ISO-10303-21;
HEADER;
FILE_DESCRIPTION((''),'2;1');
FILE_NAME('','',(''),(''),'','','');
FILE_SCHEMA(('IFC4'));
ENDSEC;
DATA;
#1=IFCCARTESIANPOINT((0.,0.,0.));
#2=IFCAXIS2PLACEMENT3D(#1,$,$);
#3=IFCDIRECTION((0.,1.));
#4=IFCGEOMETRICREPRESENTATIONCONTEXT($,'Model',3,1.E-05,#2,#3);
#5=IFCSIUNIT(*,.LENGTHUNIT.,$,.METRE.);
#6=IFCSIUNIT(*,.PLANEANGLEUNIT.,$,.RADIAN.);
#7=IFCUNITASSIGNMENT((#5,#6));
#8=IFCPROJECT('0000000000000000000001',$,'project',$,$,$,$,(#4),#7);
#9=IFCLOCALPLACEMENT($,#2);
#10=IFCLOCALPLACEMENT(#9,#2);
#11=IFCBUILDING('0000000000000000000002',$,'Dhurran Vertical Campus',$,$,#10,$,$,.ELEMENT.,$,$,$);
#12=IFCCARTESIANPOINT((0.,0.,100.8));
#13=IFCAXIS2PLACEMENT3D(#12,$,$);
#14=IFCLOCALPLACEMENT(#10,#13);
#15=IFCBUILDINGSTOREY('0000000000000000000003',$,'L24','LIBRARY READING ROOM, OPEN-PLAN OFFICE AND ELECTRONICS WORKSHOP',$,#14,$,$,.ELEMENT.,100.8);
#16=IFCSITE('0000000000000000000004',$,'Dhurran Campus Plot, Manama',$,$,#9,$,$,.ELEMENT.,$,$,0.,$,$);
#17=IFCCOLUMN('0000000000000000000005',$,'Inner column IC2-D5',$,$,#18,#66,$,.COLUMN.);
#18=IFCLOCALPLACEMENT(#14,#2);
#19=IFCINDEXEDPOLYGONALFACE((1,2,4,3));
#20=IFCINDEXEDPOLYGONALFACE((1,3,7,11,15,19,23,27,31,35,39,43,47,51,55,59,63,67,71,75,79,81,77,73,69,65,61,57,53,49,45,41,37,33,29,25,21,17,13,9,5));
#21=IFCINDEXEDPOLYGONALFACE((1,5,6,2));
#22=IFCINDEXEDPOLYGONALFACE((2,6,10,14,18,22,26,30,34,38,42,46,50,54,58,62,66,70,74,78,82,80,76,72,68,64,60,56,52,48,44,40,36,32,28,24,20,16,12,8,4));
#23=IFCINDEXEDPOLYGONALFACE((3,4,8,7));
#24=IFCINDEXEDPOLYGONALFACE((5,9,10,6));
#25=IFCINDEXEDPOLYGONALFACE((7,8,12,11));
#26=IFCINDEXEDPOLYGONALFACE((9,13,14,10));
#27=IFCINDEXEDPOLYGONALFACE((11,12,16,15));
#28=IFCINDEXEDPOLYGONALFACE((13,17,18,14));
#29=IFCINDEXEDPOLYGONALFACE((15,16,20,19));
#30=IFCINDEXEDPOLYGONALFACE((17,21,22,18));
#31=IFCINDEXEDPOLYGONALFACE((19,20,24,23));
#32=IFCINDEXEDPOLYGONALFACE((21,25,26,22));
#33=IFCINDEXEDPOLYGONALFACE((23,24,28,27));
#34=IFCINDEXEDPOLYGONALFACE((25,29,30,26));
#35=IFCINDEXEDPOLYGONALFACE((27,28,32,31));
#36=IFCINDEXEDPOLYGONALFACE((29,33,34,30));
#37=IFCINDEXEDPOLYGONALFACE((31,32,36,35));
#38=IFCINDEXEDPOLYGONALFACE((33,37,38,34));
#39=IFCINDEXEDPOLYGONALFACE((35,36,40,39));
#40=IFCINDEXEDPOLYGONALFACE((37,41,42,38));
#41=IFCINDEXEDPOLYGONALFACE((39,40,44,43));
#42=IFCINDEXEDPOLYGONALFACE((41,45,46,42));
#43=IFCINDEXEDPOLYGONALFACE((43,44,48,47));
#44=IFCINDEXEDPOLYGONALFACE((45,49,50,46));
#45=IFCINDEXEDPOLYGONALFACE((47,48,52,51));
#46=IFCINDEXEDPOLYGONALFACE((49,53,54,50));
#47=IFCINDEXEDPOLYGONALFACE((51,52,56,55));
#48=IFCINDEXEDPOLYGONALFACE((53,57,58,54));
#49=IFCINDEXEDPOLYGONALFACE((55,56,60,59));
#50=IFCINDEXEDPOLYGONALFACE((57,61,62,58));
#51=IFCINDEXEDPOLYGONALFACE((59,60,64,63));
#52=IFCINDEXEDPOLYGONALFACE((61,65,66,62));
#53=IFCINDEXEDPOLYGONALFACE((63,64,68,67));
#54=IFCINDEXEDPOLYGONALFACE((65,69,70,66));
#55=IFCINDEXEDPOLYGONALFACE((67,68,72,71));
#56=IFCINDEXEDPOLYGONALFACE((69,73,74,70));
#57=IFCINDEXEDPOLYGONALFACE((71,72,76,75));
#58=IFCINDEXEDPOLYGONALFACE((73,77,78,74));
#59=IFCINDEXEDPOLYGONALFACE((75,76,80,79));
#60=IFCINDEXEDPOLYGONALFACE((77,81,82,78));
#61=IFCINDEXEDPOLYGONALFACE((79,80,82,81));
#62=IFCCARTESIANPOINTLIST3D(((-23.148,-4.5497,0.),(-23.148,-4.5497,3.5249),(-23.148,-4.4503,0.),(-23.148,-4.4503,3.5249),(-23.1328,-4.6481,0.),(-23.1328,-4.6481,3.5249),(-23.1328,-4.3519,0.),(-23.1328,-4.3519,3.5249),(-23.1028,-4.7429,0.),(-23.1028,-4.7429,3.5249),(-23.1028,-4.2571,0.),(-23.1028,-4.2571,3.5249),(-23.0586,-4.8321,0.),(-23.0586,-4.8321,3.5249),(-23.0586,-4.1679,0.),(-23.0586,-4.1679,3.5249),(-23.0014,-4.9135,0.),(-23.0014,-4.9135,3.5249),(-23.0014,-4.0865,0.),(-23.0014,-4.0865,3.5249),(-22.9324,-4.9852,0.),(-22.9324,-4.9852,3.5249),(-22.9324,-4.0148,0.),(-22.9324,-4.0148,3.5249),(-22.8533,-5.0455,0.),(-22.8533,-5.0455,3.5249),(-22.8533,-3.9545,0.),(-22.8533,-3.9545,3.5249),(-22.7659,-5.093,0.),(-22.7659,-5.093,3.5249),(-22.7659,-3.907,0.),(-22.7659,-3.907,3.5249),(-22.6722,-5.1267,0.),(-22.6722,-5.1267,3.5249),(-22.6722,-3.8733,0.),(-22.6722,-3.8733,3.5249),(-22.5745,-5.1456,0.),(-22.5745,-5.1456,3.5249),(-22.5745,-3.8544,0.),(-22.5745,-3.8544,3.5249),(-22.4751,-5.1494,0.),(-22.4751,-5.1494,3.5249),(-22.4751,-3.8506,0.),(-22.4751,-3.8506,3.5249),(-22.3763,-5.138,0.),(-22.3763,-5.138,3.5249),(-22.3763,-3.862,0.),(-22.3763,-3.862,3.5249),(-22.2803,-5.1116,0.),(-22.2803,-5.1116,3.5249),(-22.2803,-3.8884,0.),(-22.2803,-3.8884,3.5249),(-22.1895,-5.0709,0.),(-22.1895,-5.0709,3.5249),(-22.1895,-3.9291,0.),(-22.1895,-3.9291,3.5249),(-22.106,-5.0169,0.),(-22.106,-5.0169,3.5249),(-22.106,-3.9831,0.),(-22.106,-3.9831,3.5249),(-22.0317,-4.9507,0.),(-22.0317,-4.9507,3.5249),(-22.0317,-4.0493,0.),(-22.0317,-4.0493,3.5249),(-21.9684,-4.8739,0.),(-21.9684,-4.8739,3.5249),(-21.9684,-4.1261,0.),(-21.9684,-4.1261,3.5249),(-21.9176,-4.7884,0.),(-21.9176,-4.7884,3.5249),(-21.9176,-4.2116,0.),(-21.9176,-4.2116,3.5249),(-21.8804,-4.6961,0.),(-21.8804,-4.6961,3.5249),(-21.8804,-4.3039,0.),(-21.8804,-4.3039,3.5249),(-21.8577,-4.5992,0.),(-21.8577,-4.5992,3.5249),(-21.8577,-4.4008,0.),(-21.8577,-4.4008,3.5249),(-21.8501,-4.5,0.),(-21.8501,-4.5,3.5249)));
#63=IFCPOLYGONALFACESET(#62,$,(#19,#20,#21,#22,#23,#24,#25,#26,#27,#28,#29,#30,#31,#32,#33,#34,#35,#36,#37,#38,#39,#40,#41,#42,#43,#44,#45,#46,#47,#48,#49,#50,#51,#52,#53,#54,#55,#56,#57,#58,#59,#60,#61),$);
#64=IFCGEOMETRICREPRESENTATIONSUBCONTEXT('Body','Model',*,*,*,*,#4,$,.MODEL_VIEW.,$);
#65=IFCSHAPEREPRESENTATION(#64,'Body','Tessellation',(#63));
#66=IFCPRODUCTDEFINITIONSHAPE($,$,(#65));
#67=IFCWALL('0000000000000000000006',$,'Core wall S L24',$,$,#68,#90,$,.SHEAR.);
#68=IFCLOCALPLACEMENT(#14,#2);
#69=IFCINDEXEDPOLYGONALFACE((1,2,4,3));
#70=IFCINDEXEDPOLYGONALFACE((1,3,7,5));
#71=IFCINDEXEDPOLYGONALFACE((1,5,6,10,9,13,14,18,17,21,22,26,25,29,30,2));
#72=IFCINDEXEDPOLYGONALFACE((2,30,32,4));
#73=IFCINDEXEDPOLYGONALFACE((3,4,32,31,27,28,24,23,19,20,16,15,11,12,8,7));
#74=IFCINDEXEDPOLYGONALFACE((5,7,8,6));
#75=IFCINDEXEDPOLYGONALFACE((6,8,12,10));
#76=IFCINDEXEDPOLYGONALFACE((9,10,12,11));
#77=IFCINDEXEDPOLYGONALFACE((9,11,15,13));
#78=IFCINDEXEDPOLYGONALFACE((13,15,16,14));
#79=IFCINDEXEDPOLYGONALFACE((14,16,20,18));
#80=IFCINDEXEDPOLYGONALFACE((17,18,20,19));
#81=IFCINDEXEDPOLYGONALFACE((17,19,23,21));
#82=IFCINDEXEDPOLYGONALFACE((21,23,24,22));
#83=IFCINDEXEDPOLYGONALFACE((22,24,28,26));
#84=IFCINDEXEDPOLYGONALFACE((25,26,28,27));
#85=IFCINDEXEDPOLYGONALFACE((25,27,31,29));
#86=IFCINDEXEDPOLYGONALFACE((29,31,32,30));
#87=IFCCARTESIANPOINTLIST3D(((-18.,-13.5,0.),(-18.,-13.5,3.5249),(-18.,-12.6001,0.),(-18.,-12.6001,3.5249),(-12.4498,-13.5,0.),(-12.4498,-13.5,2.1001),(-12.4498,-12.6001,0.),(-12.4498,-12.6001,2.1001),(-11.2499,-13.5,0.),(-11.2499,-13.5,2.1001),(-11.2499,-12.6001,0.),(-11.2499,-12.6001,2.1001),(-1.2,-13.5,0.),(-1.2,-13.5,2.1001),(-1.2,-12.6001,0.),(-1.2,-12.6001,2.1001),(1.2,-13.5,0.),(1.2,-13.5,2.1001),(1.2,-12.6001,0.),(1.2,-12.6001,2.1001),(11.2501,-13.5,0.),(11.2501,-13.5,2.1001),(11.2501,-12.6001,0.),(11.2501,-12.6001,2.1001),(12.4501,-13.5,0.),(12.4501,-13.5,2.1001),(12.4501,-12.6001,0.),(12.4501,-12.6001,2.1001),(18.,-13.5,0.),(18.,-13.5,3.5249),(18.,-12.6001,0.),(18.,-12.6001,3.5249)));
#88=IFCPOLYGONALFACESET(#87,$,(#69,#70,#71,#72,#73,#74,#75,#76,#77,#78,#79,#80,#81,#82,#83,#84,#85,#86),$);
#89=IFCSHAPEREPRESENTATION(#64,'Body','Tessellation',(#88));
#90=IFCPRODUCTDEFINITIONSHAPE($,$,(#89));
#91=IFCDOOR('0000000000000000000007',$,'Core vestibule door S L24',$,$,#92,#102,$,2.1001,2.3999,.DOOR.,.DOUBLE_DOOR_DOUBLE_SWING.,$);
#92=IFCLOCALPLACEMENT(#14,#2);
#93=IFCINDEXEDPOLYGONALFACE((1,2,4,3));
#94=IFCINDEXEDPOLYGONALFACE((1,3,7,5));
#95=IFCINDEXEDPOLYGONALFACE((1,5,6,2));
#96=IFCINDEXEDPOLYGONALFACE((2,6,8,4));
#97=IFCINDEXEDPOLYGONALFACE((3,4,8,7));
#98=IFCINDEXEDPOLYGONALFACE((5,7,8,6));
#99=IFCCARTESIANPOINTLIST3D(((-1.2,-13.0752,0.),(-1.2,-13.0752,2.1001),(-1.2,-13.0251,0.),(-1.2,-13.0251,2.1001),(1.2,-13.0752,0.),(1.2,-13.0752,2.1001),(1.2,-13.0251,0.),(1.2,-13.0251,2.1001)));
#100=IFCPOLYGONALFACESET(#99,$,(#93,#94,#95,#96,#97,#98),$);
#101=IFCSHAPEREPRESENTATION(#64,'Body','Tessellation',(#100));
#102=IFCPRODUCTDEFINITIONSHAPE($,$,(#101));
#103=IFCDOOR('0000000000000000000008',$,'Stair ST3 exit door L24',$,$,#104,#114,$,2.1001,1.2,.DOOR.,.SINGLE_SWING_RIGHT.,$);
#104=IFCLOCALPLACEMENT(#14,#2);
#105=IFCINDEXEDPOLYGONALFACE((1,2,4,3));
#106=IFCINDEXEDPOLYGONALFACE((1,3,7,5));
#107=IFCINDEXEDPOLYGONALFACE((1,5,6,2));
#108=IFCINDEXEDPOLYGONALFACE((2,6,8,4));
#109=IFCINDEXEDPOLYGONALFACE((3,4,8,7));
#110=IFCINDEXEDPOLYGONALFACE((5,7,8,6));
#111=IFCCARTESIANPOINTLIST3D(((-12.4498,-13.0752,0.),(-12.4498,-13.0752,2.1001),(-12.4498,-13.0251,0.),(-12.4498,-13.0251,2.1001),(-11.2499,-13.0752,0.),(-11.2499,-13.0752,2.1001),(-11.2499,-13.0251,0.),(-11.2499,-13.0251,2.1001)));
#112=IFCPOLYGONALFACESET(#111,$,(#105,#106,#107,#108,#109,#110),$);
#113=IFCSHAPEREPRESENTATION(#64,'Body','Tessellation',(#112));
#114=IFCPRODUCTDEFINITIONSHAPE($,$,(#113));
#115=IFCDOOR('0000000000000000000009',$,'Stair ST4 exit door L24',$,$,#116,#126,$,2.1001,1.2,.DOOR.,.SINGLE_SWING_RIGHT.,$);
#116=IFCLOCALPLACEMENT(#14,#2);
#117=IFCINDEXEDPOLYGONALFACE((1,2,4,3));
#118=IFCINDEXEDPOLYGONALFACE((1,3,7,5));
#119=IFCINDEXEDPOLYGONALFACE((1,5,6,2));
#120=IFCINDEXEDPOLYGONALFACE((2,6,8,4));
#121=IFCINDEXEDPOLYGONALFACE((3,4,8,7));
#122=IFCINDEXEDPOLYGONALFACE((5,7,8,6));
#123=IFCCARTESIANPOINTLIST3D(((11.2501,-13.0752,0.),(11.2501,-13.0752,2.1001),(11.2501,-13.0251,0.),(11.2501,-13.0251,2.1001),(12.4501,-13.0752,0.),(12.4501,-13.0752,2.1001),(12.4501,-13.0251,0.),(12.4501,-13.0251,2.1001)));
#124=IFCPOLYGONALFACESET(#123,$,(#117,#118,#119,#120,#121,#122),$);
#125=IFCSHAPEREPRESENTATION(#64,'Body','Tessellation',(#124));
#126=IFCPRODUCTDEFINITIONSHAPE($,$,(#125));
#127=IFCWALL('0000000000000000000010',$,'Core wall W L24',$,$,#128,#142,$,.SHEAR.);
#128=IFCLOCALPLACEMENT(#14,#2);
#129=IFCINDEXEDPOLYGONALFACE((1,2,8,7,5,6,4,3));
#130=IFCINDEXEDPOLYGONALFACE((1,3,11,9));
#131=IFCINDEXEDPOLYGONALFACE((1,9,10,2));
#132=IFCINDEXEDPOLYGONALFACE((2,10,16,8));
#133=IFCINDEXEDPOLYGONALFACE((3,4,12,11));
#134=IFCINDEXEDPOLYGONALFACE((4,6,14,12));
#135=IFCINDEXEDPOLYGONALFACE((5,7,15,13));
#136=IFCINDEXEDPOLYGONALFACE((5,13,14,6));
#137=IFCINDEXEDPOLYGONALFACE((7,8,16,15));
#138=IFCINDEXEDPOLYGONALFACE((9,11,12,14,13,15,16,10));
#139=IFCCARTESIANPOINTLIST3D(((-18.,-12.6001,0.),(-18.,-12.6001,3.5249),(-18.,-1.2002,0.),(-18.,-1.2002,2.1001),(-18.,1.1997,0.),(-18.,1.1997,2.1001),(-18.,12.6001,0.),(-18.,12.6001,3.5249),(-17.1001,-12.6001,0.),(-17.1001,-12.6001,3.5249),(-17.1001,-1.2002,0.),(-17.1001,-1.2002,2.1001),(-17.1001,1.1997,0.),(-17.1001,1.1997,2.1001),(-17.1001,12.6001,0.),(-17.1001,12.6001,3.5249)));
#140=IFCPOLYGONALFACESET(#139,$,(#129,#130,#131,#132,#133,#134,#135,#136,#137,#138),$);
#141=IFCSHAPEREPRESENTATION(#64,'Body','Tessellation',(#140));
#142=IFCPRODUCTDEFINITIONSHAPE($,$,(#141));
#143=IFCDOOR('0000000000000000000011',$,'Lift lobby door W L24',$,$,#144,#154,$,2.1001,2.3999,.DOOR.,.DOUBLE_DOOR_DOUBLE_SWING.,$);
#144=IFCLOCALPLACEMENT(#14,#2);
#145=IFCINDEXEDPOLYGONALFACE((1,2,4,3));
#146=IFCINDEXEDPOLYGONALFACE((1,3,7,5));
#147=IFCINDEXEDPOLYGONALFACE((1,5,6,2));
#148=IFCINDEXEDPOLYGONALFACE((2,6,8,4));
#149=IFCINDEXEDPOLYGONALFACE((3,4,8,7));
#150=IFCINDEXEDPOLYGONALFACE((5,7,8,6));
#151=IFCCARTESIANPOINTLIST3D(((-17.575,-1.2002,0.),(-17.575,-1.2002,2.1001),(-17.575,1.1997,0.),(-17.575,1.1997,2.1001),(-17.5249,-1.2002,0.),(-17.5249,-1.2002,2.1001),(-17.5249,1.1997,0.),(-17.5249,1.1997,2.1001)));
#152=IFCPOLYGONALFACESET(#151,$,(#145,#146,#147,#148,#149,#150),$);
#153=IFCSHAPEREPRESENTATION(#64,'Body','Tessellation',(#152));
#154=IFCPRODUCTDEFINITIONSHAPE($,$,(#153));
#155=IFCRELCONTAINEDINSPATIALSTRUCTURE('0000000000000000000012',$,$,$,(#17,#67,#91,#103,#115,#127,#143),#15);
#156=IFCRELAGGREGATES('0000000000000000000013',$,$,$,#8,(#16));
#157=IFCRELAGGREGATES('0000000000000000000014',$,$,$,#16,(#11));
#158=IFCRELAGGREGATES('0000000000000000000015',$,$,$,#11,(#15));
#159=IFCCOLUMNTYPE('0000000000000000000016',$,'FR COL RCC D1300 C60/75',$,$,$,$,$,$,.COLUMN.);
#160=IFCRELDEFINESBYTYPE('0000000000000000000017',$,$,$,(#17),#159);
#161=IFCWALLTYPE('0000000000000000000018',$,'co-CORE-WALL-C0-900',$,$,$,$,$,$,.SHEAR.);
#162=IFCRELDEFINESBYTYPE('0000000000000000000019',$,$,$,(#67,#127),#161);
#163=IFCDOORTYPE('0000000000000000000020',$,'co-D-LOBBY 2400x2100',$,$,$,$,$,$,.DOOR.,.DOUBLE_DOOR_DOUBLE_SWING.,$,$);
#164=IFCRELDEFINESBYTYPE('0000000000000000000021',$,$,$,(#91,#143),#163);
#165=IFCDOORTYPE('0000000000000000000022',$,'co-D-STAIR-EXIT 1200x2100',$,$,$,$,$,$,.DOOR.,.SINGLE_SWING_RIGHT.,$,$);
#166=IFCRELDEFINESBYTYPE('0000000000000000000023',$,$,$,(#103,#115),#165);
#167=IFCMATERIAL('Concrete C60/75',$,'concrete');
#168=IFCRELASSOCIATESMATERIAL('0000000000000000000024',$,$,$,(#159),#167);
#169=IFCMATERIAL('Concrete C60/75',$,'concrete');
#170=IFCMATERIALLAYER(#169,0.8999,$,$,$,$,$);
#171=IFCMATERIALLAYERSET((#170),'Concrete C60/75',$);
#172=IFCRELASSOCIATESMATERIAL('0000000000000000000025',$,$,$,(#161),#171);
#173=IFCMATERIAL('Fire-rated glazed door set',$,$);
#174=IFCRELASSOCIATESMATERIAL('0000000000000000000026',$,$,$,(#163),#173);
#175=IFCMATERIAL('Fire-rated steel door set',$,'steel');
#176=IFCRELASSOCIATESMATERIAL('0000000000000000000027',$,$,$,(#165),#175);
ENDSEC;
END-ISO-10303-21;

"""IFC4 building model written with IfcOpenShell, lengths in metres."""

from ifc_helpers import new_model, si_unit, direction, frame, frame_2d, origin, origin_2d, place, context, subcontext, project, spatial, rectangle, circle, extrude, material, layer, layer_set, material_profile, profile_set, type_object, element, fill, save


model = new_model("IFC4")

# Units and contexts
model_context = context("Model", 3, precision=1e-05, world=origin(), true_north=direction((0.0, 1.0)))
body_context = subcontext(model_context, "Body", "Model", "MODEL_VIEW")
ifc_project = project(units=[si_unit("LENGTHUNIT", "METRE"), si_unit("PLANEANGLEUNIT", "RADIAN")], contexts=[model_context])

# Site, building, storey
site_placement = place(None, origin())
site = spatial("IfcSite", under=ifc_project, at=site_placement, Name="Dhurran Campus Plot, Manama", CompositionType="ELEMENT", RefElevation=0.0)
building_placement = place(site_placement, origin())
building = spatial("IfcBuilding", under=site, at=building_placement, Name="Dhurran Vertical Campus", CompositionType="ELEMENT")
storey_placement = place(building_placement, frame((0.0, 0.0, 100.8)))
storey = spatial("IfcBuildingStorey", under=building, at=storey_placement, Name="L24", Description="LIBRARY READING ROOM, OPEN-PLAN OFFICE AND ELECTRONICS WORKSHOP", CompositionType="ELEMENT", Elevation=100.8)

# Column
ifc_material_1 = material(Name="Concrete C60/75", Category="concrete")
ifc_material_profile = material_profile(ifc_material_1, circle(Radius=0.6499, at=origin_2d()), Name="RCC D1300")
ifc_profile_set = profile_set([ifc_material_profile], Name="Concrete C60/75")
column_type = type_object("IfcColumnType", Name="FR COL RCC D1300 C60/75", PredefinedType="COLUMN", material=ifc_profile_set)
column_placement = place(storey_placement, frame((-22.5, -4.5, 0.0), z_axis=(0.0, 0.0, 1.0), x_axis=(1.0, 0.0, 0.0)))
element("IfcColumn", 1, at=column_placement, inside=storey, type_object=column_type, Name="Inner column IC2-D5", PredefinedType="COLUMN", context=body_context, shape_type="SweptSolid", body=[
    extrude(circle(Radius=0.6499, at=origin_2d()), origin(), (0.0, 0.0, 1.0), 3.5249),
])

# Wall, openings, doors
ifc_material_2 = material(Name="Concrete C60/75", Category="concrete")
ifc_layer_1 = layer(ifc_material_2, 0.8999)
ifc_layer_set_1 = layer_set([ifc_layer_1], Name="Concrete C60/75")
wall_type_1 = type_object("IfcWallType", Name="co-CORE-WALL-C0-900", PredefinedType="SHEAR", material=ifc_layer_set_1)
wall_1_placement = place(storey_placement, frame((-18.0, -13.05, 0.0), z_axis=(0.0, 0.0, 1.0), x_axis=(1.0, 0.0, 0.0)))
wall_1 = element("IfcWall", 2, at=wall_1_placement, inside=storey, type_object=wall_type_1, Name="Core wall S L24", PredefinedType="SHEAR", context=body_context, shape_type="SweptSolid", body=[
    extrude(rectangle(XDim=36.0, YDim=0.8999, at=frame_2d((18.0, 0.0))), origin(), (0.0, 0.0, 1.0), 3.5249),
])
opening_1_placement = place(wall_1_placement, frame((16.8, 0.0, 0.0)))
opening_1 = element("IfcOpeningElement", 3, at=opening_1_placement, cuts=wall_1, PredefinedType="OPENING", context=body_context, shape_type="SweptSolid", body=[
    extrude(rectangle(XDim=2.3999, YDim=2.1001, at=frame_2d((1.2, 1.05))), frame((0.0, 0.46, 0.0), z_axis=(0.0, -1.0, 0.0), x_axis=(1.0, 0.0, 0.0)), (0.0, 0.0, 1.0), 0.9199),
])
opening_2_placement = place(wall_1_placement, frame((5.55, 0.0, 0.0)))
opening_2 = element("IfcOpeningElement", 4, at=opening_2_placement, cuts=wall_1, PredefinedType="OPENING", context=body_context, shape_type="SweptSolid", body=[
    extrude(rectangle(XDim=1.2, YDim=2.1001, at=frame_2d((0.6001, 1.05))), frame((0.0, 0.46, 0.0), z_axis=(0.0, -1.0, 0.0), x_axis=(1.0, 0.0, 0.0)), (0.0, 0.0, 1.0), 0.9199),
])
opening_3_placement = place(wall_1_placement, frame((29.25, 0.0, 0.0)))
opening_3 = element("IfcOpeningElement", 5, at=opening_3_placement, cuts=wall_1, PredefinedType="OPENING", context=body_context, shape_type="SweptSolid", body=[
    extrude(rectangle(XDim=1.2, YDim=2.1001, at=frame_2d((0.6001, 1.05))), frame((0.0, 0.46, 0.0), z_axis=(0.0, -1.0, 0.0), x_axis=(1.0, 0.0, 0.0)), (0.0, 0.0, 1.0), 0.9199),
])
ifc_material_3 = material(Name="Fire-rated glazed door set")
door_type_1 = type_object("IfcDoorType", Name="co-D-LOBBY 2400x2100", OperationType="DOUBLE_DOOR_DOUBLE_SWING", PredefinedType="DOOR", material=ifc_material_3)
door_1_placement = place(opening_1_placement, origin())
door_1 = element("IfcDoor", 6, at=door_1_placement, inside=storey, type_object=door_type_1, Name="Core vestibule door S L24", OperationType="DOUBLE_DOOR_DOUBLE_SWING", OverallHeight=2.1001, OverallWidth=2.3999, PredefinedType="DOOR", context=body_context, shape_type="SweptSolid", body=[
    extrude(rectangle(XDim=2.3999, YDim=2.1001, at=frame_2d((1.2, 1.05))), frame((0.0, 0.0249, 0.0), z_axis=(0.0, -1.0, 0.0), x_axis=(1.0, 0.0, 0.0)), (0.0, 0.0, 1.0), 0.05),
])
fill(opening_1, door_1)
ifc_material_4 = material(Name="Fire-rated steel door set", Category="steel")
door_type_2 = type_object("IfcDoorType", Name="co-D-STAIR-EXIT 1200x2100", OperationType="SINGLE_SWING_RIGHT", PredefinedType="DOOR", material=ifc_material_4)
door_2_placement = place(opening_2_placement, origin())
door_2 = element("IfcDoor", 7, at=door_2_placement, inside=storey, type_object=door_type_2, Name="Stair ST3 exit door L24", OperationType="SINGLE_SWING_RIGHT", OverallHeight=2.1001, OverallWidth=1.2, PredefinedType="DOOR", context=body_context, shape_type="SweptSolid", body=[
    extrude(rectangle(XDim=1.2, YDim=2.1001, at=frame_2d((0.6001, 1.05))), frame((0.0, 0.0249, 0.0), z_axis=(0.0, -1.0, 0.0), x_axis=(1.0, 0.0, 0.0)), (0.0, 0.0, 1.0), 0.05),
])
fill(opening_2, door_2)
door_3_placement = place(opening_3_placement, origin())
door_3 = element("IfcDoor", 8, at=door_3_placement, inside=storey, type_object=door_type_2, Name="Stair ST4 exit door L24", OperationType="SINGLE_SWING_RIGHT", OverallHeight=2.1001, OverallWidth=1.2, PredefinedType="DOOR", context=body_context, shape_type="SweptSolid", body=[
    extrude(rectangle(XDim=1.2, YDim=2.1001, at=frame_2d((0.6001, 1.05))), frame((0.0, 0.0249, 0.0), z_axis=(0.0, -1.0, 0.0), x_axis=(1.0, 0.0, 0.0)), (0.0, 0.0, 1.0), 0.05),
])
fill(opening_3, door_3)

# Wall, opening, door
wall_2_placement = place(storey_placement, frame((-17.55, -12.6001, 0.0), z_axis=(0.0, 0.0, 1.0), x_axis=(0.0, 1.0, 0.0)))
wall_2 = element("IfcWall", 9, at=wall_2_placement, inside=storey, type_object=wall_type_1, Name="Core wall W L24", PredefinedType="SHEAR", context=body_context, shape_type="SweptSolid", body=[
    extrude(rectangle(XDim=25.2002, YDim=0.8999, at=frame_2d((12.6001, 0.0))), origin(), (0.0, 0.0, 1.0), 3.5249),
])
opening_4_placement = place(wall_2_placement, frame((11.3999, 0.0, 0.0)))
opening_4 = element("IfcOpeningElement", 10, at=opening_4_placement, cuts=wall_2, PredefinedType="OPENING", context=body_context, shape_type="SweptSolid", body=[
    extrude(rectangle(XDim=2.3999, YDim=2.1001, at=frame_2d((1.2, 1.05))), frame((0.0, 0.46, 0.0), z_axis=(0.0, -1.0, 0.0), x_axis=(1.0, 0.0, 0.0)), (0.0, 0.0, 1.0), 0.9199),
])
door_4_placement = place(opening_4_placement, origin())
door_4 = element("IfcDoor", 11, at=door_4_placement, inside=storey, type_object=door_type_1, Name="Lift lobby door W L24", OperationType="DOUBLE_DOOR_DOUBLE_SWING", OverallHeight=2.1001, OverallWidth=2.3999, PredefinedType="DOOR", context=body_context, shape_type="SweptSolid", body=[
    extrude(rectangle(XDim=2.3999, YDim=2.1001, at=frame_2d((1.2, 1.05))), frame((0.0, 0.0249, 0.0), z_axis=(0.0, -1.0, 0.0), x_axis=(1.0, 0.0, 0.0)), (0.0, 0.0, 1.0), 0.05),
])
fill(opening_4, door_4)

save(model, "model.ifc")
